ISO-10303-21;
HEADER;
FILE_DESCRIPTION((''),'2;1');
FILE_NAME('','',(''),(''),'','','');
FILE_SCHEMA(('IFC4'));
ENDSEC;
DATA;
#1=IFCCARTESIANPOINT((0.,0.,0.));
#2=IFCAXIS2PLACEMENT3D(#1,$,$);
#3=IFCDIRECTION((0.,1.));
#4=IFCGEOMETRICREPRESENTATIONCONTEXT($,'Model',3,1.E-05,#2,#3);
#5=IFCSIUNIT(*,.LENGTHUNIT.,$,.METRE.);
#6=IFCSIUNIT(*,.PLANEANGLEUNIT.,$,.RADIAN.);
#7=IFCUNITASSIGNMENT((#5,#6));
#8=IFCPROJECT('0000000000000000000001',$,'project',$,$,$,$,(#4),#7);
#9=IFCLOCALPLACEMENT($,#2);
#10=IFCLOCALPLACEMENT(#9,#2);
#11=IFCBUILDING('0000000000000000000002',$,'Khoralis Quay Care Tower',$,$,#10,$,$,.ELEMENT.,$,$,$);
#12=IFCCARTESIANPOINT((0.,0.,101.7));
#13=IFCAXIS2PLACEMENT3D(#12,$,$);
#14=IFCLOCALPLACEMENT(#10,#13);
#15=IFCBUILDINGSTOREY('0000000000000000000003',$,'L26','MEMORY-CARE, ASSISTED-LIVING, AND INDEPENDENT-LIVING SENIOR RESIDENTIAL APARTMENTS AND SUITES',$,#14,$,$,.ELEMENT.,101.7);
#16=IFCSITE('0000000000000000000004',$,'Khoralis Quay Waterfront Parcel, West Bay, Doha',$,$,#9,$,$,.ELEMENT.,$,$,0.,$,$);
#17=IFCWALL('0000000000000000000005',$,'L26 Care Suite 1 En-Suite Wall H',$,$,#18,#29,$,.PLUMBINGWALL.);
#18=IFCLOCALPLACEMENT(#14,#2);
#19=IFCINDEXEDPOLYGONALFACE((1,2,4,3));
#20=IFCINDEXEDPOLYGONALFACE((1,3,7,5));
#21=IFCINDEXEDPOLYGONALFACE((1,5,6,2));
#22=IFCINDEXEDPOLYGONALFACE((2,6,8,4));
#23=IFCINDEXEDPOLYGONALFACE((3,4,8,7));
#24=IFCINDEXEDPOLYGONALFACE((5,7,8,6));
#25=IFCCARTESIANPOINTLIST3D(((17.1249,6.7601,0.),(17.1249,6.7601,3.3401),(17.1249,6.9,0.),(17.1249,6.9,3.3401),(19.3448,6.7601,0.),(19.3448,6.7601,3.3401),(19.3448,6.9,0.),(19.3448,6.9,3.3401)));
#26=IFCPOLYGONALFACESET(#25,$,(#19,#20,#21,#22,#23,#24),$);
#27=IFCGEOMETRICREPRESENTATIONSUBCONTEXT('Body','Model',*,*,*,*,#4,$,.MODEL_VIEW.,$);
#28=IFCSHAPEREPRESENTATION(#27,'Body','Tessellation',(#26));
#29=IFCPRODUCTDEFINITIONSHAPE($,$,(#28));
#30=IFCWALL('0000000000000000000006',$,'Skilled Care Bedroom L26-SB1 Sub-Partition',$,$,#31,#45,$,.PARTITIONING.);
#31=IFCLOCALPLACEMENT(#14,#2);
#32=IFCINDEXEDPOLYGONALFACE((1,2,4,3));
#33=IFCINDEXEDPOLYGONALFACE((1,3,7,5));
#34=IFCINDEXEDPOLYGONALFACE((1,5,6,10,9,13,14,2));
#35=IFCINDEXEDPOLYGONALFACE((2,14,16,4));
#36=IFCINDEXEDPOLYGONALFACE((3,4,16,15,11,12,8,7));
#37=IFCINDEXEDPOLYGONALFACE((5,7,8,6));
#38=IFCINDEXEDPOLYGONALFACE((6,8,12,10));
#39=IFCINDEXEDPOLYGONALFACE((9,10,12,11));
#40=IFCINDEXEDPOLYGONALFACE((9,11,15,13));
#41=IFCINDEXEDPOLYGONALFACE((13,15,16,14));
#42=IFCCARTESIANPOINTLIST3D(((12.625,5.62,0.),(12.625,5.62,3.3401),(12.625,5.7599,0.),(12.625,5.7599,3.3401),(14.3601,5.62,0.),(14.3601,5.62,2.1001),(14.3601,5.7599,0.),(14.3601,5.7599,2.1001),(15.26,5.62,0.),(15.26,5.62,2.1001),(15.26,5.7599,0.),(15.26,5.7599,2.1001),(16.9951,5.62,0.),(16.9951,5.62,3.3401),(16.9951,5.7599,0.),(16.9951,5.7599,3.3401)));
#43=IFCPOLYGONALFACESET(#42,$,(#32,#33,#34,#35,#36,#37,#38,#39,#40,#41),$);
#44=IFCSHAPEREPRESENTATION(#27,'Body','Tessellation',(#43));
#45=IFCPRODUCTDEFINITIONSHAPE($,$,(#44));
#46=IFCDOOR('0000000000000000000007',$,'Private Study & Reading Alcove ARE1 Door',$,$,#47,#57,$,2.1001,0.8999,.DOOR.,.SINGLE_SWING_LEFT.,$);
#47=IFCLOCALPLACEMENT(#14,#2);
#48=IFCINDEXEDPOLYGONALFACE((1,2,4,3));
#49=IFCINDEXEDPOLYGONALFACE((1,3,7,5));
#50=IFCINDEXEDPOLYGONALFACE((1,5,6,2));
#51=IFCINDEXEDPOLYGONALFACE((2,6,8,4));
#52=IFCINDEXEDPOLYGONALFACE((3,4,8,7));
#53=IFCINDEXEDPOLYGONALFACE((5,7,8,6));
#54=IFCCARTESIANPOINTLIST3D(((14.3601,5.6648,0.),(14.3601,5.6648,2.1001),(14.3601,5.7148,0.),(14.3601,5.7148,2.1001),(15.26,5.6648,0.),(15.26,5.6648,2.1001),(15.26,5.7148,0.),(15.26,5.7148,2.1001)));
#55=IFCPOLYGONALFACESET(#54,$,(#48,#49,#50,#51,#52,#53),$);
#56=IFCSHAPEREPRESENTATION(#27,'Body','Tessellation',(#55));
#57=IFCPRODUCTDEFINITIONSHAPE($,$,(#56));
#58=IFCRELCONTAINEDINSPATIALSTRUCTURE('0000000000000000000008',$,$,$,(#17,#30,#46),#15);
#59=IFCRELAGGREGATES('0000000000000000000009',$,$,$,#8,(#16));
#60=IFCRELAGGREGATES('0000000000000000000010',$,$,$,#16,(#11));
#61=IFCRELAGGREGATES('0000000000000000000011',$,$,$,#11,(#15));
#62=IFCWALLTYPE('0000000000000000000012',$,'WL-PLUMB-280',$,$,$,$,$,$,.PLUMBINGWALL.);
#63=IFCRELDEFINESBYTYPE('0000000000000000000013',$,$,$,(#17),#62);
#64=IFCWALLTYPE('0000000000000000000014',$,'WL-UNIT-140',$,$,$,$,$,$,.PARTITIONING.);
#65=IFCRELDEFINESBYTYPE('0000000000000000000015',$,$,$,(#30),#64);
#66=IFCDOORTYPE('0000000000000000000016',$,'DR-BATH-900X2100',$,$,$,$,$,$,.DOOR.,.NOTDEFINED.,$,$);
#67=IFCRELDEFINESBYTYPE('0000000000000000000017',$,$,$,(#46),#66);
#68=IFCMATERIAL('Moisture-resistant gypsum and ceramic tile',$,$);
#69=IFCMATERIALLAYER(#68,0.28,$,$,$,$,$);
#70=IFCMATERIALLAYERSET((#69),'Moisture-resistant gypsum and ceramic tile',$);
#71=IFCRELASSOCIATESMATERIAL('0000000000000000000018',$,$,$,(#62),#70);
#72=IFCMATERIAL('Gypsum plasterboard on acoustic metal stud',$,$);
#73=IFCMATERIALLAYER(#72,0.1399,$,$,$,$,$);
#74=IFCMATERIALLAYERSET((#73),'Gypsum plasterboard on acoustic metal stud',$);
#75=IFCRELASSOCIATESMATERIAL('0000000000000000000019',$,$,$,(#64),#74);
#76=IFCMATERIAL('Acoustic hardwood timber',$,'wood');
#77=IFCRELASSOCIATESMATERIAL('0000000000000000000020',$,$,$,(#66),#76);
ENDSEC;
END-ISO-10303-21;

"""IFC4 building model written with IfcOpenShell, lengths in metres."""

from ifc_helpers import new_model, si_unit, direction, frame, frame_2d, origin, place, context, subcontext, project, spatial, rectangle, extrude, source, transform, mapped, material, layer, layer_set, type_object, element, fill, save


model = new_model("IFC4")

# Units and contexts
model_context = context("Model", 3, precision=1e-05, world=origin(), true_north=direction((0.0, 1.0)))
body_context = subcontext(model_context, "Body", "Model", "MODEL_VIEW")
ifc_project = project(units=[si_unit("LENGTHUNIT", "METRE"), si_unit("PLANEANGLEUNIT", "RADIAN")], contexts=[model_context])

# Site, building, storey
site_placement = place(None, origin())
site = spatial("IfcSite", under=ifc_project, at=site_placement, Name="Khoralis Quay Waterfront Parcel, West Bay, Doha", CompositionType="ELEMENT", RefElevation=0.0)
building_placement = place(site_placement, origin())
building = spatial("IfcBuilding", under=site, at=building_placement, Name="Khoralis Quay Care Tower", CompositionType="ELEMENT")
storey_placement = place(building_placement, frame((0.0, 0.0, 101.7)))
storey = spatial("IfcBuildingStorey", under=building, at=storey_placement, Name="L26", Description="MEMORY-CARE, ASSISTED-LIVING, AND INDEPENDENT-LIVING SENIOR RESIDENTIAL APARTMENTS AND SUITES", CompositionType="ELEMENT", Elevation=101.7)

# Shared definitions
ifc_material_1 = material(Name="Gypsum plasterboard on acoustic metal stud")

# Shared definitions
ifc_material_2 = material(Name="Acoustic hardwood timber", Category="wood")

# Wall
ifc_material_3 = material(Name="Moisture-resistant gypsum and ceramic tile")
ifc_layer_1 = layer(ifc_material_3, 0.28)
ifc_layer_set_1 = layer_set([ifc_layer_1], Name="Moisture-resistant gypsum and ceramic tile")
wall_type_1 = type_object("IfcWallType", Name="WL-PLUMB-280", PredefinedType="PLUMBINGWALL", material=ifc_layer_set_1)
wall_1_placement = place(storey_placement, frame((17.125, 6.8301, 0.0), z_axis=(0.0, 0.0, 1.0), x_axis=(1.0, 0.0, 0.0)))
element("IfcWall", 1, at=wall_1_placement, inside=storey, type_object=wall_type_1, Name="L26 Care Suite 1 En-Suite Wall H", PredefinedType="PLUMBINGWALL", context=body_context, shape_type="SweptSolid", body=[
    extrude(rectangle(XDim=2.22, YDim=0.1399, at=frame_2d((1.1099, 0.0))), origin(), (0.0, 0.0, 1.0), 3.3401),
])

# Wall, opening, door
ifc_layer_2 = layer(ifc_material_1, 0.1399)
ifc_layer_set_2 = layer_set([ifc_layer_2], Name="Gypsum plasterboard on acoustic metal stud")
wall_type_2 = type_object("IfcWallType", Name="WL-UNIT-140", PredefinedType="PARTITIONING", material=ifc_layer_set_2)
wall_2_placement = place(storey_placement, frame((12.625, 5.6899, 0.0), z_axis=(0.0, 0.0, 1.0), x_axis=(1.0, 0.0, 0.0)))
wall_2 = element("IfcWall", 2, at=wall_2_placement, inside=storey, type_object=wall_type_2, Name="Skilled Care Bedroom L26-SB1 Sub-Partition", PredefinedType="PARTITIONING", context=body_context, shape_type="SweptSolid", body=[
    extrude(rectangle(XDim=4.3701, YDim=0.1399, at=frame_2d((2.1851, 0.0))), origin(), (0.0, 0.0, 1.0), 3.3401),
])
opening_1_placement = place(wall_2_placement, frame((1.7351, 0.0, 0.0)))
opening_1 = element("IfcOpeningElement", 3, at=opening_1_placement, cuts=wall_2, PredefinedType="OPENING", context=body_context, shape_type="SweptSolid", body=[
    extrude(rectangle(XDim=0.8999, YDim=2.1001, at=frame_2d((0.45, 1.05))), frame((0.0, 0.0801, 0.0), z_axis=(0.0, -1.0, 0.0), x_axis=(1.0, 0.0, 0.0)), (0.0, 0.0, 1.0), 0.1599),
])
door_type_1 = type_object("IfcDoorType", Name="DR-BATH-900X2100", OperationType="NOTDEFINED", PredefinedType="DOOR", material=ifc_material_2)
shared_shape_1 = source(origin(), body_context, "Body", "SweptSolid", [
    extrude(rectangle(XDim=0.8999, YDim=2.1001, at=frame_2d((0.45, 1.05))), frame((0.0, 0.0249, 0.0), z_axis=(0.0, -1.0, 0.0), x_axis=(1.0, 0.0, 0.0)), (0.0, 0.0, 1.0), 0.05),
])
door_1_placement = place(opening_1_placement, origin())
door_1 = element("IfcDoor", 4, at=door_1_placement, inside=storey, type_object=door_type_1, Name="Private Study & Reading Alcove ARE1 Door", OperationType="SINGLE_SWING_LEFT", OverallHeight=2.1001, OverallWidth=0.8999, PredefinedType="DOOR", context=body_context, shape_type="MappedRepresentation", body=[
    mapped(shared_shape_1, transform((0.0, 0.0, 0.0), scale=1.0)),
])
fill(opening_1, door_1)

save(model, "model.ifc")
